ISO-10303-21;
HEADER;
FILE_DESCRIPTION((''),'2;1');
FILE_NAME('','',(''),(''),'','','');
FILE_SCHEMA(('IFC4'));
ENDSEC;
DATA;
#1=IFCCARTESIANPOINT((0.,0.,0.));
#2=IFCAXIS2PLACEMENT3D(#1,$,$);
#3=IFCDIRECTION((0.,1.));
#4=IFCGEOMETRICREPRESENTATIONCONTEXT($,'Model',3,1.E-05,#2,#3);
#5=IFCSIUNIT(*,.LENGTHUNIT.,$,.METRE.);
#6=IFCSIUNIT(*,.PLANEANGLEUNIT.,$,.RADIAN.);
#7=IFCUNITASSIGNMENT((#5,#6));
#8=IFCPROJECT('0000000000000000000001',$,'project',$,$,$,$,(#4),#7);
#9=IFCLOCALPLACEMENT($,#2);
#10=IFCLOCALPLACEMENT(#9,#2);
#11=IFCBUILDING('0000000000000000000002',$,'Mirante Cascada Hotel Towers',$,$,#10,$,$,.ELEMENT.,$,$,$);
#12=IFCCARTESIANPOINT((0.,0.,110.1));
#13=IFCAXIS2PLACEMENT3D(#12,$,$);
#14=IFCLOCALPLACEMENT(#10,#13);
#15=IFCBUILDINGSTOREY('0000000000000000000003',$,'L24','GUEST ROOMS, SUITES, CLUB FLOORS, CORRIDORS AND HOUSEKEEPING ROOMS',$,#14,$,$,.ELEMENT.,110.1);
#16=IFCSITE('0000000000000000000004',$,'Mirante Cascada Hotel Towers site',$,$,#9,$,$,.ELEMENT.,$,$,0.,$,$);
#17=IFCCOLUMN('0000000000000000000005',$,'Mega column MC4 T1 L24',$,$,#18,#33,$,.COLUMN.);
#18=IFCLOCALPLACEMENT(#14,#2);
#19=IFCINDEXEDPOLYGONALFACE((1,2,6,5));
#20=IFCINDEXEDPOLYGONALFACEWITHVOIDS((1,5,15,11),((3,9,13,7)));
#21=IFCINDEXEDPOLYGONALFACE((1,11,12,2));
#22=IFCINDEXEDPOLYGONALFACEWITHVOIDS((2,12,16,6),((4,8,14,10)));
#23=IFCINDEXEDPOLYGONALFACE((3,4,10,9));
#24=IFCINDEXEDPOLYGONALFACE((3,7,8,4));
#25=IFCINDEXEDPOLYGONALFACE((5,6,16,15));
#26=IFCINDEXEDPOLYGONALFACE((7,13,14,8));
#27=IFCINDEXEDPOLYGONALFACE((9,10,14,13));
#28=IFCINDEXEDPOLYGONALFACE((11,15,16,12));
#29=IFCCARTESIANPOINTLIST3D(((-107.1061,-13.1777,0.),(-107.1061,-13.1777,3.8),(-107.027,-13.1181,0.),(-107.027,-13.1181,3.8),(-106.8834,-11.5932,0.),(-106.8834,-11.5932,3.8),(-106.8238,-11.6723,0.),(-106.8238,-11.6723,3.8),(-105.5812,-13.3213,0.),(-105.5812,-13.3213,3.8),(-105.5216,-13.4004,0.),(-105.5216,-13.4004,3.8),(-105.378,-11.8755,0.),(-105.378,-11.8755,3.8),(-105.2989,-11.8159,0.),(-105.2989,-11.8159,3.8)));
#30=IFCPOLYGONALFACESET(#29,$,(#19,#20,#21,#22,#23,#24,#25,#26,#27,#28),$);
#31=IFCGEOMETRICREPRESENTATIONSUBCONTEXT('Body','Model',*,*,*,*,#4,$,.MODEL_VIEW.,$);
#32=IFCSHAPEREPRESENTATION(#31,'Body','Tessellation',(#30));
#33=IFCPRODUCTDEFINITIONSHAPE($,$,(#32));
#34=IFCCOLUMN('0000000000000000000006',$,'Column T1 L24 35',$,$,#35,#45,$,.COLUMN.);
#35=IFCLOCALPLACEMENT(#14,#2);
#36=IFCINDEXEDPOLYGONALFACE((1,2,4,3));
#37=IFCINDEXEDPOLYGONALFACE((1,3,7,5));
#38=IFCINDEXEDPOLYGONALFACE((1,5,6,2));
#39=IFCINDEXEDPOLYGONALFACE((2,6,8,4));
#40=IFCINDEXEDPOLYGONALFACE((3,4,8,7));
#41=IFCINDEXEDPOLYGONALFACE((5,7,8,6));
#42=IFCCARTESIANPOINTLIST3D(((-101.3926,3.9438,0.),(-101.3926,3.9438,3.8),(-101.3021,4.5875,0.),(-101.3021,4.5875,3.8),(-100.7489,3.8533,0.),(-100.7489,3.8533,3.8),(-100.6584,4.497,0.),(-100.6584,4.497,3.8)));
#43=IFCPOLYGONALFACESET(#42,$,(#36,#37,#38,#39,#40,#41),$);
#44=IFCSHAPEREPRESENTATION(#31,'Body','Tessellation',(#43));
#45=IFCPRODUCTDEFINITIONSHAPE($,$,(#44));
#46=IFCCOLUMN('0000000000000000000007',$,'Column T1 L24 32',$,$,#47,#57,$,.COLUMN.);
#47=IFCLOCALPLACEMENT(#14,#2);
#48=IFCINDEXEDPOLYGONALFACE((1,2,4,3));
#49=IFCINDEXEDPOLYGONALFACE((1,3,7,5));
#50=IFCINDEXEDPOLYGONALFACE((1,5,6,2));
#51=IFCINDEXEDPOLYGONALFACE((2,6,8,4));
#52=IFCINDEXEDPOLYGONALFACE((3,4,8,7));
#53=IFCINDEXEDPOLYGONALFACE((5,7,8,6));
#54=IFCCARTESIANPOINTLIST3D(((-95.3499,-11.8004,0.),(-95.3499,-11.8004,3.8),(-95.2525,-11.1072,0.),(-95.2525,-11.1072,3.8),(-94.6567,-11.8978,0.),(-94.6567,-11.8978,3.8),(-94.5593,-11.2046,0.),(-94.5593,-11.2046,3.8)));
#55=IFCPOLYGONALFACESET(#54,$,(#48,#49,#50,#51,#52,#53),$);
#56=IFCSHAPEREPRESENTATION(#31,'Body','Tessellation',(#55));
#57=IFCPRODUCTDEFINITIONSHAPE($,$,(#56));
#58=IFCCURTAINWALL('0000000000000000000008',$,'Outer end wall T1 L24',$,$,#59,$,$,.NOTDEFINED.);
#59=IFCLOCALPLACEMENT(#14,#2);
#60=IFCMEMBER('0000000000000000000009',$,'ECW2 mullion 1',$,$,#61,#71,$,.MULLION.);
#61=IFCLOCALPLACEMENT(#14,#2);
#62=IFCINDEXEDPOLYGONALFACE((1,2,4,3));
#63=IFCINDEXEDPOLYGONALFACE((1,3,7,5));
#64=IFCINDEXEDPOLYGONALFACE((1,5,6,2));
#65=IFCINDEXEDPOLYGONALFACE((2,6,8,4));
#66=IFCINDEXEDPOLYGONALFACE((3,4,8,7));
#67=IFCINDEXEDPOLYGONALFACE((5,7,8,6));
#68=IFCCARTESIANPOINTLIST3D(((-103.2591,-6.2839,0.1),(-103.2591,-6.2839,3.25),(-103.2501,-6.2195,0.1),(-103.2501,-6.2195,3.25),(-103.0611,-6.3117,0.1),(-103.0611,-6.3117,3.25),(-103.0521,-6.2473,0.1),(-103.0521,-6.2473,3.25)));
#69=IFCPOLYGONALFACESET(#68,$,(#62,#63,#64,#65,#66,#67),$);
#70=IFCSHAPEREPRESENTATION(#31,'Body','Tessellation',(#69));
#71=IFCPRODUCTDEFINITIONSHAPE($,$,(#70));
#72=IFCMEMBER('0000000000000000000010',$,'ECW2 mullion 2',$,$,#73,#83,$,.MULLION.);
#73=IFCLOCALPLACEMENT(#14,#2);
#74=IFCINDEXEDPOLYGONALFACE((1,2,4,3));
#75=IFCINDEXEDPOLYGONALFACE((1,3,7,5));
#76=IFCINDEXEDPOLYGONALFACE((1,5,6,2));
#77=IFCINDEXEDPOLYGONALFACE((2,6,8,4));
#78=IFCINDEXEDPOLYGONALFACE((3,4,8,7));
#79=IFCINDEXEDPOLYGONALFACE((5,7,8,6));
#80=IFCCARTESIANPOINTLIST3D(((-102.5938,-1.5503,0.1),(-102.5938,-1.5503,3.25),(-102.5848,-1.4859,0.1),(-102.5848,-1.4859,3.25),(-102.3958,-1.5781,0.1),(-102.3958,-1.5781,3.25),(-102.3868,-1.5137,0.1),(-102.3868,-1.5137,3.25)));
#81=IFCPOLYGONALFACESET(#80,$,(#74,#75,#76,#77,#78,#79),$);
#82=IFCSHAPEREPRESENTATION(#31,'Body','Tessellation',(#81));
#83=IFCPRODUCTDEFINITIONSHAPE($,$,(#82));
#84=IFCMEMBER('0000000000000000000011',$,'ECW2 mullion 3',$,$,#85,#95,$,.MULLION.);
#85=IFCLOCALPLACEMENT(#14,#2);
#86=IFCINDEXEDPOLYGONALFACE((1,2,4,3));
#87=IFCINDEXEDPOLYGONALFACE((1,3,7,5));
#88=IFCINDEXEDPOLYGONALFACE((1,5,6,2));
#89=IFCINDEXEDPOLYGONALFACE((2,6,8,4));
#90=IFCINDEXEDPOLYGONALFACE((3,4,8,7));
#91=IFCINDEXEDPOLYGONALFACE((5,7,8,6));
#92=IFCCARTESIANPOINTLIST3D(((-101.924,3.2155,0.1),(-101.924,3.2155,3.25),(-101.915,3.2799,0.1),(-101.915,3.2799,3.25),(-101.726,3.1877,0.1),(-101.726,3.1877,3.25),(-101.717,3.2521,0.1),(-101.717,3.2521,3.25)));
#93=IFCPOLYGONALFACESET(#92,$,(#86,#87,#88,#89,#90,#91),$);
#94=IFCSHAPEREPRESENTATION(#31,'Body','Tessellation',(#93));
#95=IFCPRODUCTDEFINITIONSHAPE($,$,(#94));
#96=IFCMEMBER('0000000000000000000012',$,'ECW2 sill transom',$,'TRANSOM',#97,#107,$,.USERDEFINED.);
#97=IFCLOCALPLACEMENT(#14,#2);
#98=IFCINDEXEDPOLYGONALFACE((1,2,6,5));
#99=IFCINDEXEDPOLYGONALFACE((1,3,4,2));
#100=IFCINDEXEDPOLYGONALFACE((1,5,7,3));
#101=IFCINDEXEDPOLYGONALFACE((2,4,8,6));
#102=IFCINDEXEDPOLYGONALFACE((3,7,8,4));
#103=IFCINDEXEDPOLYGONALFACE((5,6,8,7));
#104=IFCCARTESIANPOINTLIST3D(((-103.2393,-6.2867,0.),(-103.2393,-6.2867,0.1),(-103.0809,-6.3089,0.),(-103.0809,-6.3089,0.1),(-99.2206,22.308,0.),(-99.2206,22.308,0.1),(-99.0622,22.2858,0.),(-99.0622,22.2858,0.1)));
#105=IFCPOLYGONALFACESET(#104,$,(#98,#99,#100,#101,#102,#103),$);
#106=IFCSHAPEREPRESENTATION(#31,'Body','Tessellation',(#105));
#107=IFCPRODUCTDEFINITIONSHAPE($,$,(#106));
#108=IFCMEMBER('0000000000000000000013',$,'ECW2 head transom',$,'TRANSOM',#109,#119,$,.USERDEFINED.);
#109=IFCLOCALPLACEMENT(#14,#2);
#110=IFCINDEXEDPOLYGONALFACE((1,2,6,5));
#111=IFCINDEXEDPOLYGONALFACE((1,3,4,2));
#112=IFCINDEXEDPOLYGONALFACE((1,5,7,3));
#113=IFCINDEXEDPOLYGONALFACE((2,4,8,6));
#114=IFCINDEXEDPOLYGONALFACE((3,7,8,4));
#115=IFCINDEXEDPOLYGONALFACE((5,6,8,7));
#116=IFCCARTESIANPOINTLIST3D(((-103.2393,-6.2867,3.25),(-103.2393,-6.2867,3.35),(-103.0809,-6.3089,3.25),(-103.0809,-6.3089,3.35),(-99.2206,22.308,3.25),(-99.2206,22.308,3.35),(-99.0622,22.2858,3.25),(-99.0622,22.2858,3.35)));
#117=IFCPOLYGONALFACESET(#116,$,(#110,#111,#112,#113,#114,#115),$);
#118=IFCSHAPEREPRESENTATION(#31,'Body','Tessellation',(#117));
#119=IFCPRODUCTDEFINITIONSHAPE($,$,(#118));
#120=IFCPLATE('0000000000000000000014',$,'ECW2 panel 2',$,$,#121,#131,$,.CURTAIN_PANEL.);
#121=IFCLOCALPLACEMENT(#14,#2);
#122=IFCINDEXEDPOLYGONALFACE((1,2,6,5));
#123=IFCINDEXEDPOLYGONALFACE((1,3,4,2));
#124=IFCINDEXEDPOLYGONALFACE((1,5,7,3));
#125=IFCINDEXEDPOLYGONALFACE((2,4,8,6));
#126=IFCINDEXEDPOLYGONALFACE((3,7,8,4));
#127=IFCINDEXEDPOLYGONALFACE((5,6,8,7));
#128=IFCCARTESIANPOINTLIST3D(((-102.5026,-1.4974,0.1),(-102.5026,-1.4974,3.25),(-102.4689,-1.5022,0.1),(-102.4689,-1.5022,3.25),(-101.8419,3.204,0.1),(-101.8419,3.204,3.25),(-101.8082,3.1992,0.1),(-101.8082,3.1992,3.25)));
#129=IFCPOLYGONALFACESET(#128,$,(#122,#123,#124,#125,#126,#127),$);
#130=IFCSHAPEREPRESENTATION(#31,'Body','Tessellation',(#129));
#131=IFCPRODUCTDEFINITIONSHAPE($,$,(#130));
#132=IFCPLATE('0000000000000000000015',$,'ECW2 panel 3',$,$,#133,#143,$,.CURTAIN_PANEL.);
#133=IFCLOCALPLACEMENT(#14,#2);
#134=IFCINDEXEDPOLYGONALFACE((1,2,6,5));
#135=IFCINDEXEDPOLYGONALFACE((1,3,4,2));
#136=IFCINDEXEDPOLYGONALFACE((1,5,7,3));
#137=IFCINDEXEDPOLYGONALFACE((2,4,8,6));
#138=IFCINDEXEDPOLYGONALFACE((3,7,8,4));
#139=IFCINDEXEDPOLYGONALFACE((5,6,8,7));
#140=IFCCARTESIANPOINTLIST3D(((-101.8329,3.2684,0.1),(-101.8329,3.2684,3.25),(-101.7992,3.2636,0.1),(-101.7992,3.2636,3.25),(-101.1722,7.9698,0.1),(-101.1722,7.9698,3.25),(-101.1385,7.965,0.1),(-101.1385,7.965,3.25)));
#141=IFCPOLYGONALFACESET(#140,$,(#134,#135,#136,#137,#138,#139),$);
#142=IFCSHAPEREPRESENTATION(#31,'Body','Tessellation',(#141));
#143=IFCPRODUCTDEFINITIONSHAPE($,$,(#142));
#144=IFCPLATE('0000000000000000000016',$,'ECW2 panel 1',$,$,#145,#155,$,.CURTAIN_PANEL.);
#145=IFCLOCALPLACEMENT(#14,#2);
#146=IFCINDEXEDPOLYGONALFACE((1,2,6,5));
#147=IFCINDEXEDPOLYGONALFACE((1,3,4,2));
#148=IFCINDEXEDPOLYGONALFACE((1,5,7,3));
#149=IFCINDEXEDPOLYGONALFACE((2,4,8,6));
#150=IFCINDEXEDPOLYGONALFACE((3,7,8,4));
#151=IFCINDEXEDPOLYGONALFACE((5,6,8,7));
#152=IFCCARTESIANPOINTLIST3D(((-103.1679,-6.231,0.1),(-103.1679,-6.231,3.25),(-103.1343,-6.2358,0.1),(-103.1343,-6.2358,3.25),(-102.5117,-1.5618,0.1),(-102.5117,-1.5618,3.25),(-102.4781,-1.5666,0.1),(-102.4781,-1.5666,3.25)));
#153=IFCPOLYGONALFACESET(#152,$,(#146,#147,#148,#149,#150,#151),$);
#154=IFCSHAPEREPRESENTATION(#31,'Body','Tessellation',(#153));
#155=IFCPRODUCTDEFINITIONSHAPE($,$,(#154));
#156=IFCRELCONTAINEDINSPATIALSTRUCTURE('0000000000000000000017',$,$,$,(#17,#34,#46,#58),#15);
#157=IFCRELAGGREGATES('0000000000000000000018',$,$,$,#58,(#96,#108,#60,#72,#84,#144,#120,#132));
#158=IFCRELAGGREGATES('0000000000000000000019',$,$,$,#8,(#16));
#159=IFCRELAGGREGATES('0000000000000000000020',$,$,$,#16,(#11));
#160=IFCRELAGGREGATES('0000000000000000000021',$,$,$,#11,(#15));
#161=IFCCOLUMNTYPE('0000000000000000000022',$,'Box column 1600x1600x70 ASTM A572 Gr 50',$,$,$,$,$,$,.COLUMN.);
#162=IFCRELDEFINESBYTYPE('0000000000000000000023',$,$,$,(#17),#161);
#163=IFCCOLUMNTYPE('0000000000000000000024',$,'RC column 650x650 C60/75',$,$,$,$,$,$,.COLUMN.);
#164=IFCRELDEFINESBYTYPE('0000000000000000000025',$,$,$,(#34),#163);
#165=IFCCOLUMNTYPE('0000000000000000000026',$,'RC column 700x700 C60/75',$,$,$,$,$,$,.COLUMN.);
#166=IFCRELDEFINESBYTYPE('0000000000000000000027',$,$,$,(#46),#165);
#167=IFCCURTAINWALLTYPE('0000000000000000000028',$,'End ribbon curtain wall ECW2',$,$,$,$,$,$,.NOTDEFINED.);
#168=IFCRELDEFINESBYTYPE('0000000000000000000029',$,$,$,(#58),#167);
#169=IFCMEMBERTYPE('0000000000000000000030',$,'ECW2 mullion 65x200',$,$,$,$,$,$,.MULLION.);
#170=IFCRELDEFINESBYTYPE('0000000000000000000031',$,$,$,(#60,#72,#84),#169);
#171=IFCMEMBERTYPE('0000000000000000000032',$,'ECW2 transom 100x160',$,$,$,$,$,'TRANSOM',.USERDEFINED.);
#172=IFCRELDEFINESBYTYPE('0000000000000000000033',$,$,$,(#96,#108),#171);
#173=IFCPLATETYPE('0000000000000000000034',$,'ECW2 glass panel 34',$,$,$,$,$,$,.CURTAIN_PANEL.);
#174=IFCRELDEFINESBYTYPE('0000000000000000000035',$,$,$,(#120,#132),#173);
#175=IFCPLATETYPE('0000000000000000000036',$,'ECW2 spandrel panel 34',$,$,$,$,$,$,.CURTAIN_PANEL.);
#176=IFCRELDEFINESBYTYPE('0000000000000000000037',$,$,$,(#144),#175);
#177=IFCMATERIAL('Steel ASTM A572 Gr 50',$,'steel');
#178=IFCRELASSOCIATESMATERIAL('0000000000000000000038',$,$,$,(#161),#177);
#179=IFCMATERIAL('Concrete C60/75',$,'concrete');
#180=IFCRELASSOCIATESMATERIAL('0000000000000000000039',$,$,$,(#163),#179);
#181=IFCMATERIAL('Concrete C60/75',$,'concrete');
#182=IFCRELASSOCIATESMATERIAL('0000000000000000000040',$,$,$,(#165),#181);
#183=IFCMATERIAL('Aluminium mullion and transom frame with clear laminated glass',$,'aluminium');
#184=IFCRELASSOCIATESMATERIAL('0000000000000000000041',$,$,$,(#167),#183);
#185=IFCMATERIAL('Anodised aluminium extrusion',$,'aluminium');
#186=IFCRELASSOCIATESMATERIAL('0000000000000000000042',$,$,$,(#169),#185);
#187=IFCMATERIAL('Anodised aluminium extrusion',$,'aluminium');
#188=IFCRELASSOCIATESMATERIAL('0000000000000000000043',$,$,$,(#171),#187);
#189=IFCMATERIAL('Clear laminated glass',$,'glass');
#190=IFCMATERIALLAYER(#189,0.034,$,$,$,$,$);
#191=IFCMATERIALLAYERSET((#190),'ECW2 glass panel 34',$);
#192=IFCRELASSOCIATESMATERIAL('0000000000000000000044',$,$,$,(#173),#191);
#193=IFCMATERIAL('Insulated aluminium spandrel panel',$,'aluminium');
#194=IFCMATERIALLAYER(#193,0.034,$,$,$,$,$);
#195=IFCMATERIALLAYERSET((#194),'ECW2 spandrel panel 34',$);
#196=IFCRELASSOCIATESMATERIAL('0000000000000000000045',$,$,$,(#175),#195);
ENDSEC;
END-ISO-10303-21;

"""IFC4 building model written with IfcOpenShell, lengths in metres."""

from ifc_helpers import new_model, si_unit, direction, frame, origin, origin_2d, place, context, subcontext, project, spatial, rectangle, hollow_rectangle, extrude, material, layer, layer_set, material_profile, profile_set, type_object, element, aggregate, save


model = new_model("IFC4")

# Units and contexts
model_context = context("Model", 3, precision=1e-05, world=origin(), true_north=direction((0.0, 1.0)))
body_context = subcontext(model_context, "Body", "Model", "MODEL_VIEW")
ifc_project = project(units=[si_unit("LENGTHUNIT", "METRE"), si_unit("PLANEANGLEUNIT", "RADIAN")], contexts=[model_context])

# Site, building, storey
site_placement = place(None, origin())
site = spatial("IfcSite", under=ifc_project, at=site_placement, Name="Mirante Cascada Hotel Towers site", CompositionType="ELEMENT", RefElevation=0.0)
building_placement = place(site_placement, origin())
building = spatial("IfcBuilding", under=site, at=building_placement, Name="Mirante Cascada Hotel Towers", CompositionType="ELEMENT")
storey_placement = place(building_placement, frame((0.0, 0.0, 110.1)))
storey = spatial("IfcBuildingStorey", under=building, at=storey_placement, Name="L24", Description="GUEST ROOMS, SUITES, CLUB FLOORS, CORRIDORS AND HOUSEKEEPING ROOMS", CompositionType="ELEMENT", Elevation=110.1)

# Columns
ifc_material_1 = material(Name="Steel ASTM A572 Gr 50", Category="steel")
ifc_material_profile_1 = material_profile(ifc_material_1, hollow_rectangle(XDim=1.6, YDim=1.6, WallThickness=0.07, at=origin_2d()), Name="Box column 1600x1600x70 ASTM A572 Gr 50")
ifc_profile_set_1 = profile_set([ifc_material_profile_1], Name="Steel ASTM A572 Gr 50")
column_type_1 = type_object("IfcColumnType", Name="Box column 1600x1600x70 ASTM A572 Gr 50", PredefinedType="COLUMN", material=ifc_profile_set_1)
column_1_placement = place(storey_placement, frame((-106.2025, -12.4968, 0.0), z_axis=(0.0, 0.0, 1.0), x_axis=(-0.990268, 0.139173, 0.0)))
element("IfcColumn", 1, at=column_1_placement, inside=storey, type_object=column_type_1, Name="Mega column MC4 T1 L24", PredefinedType="COLUMN", context=body_context, shape_type="SweptSolid", body=[
    extrude(hollow_rectangle(XDim=1.6, YDim=1.6, WallThickness=0.07, at=origin_2d()), origin(), (0.0, 0.0, 1.0), 3.8),
])
ifc_material_2 = material(Name="Concrete C60/75", Category="concrete")
ifc_material_profile_2 = material_profile(ifc_material_2, rectangle(XDim=0.65, YDim=0.65, at=origin_2d()), Name="RC column 650x650 C60/75")
ifc_profile_set_2 = profile_set([ifc_material_profile_2], Name="Concrete C60/75")
column_type_2 = type_object("IfcColumnType", Name="RC column 650x650 C60/75", PredefinedType="COLUMN", material=ifc_profile_set_2)
column_2_placement = place(storey_placement, frame((-101.0255, 4.2204, 0.0), z_axis=(0.0, 0.0, 1.0), x_axis=(-0.990268, 0.139173, 0.0)))
element("IfcColumn", 2, at=column_2_placement, inside=storey, type_object=column_type_2, Name="Column T1 L24 35", PredefinedType="COLUMN", context=body_context, shape_type="SweptSolid", body=[
    extrude(rectangle(XDim=0.65, YDim=0.65, at=origin_2d()), origin(), (0.0, 0.0, 1.0), 3.8),
])
ifc_material_3 = material(Name="Concrete C60/75", Category="concrete")
ifc_material_profile_3 = material_profile(ifc_material_3, rectangle(XDim=0.7, YDim=0.7, at=origin_2d()), Name="RC column 700x700 C60/75")
ifc_profile_set_3 = profile_set([ifc_material_profile_3], Name="Concrete C60/75")
column_type_3 = type_object("IfcColumnType", Name="RC column 700x700 C60/75", PredefinedType="COLUMN", material=ifc_profile_set_3)
column_3_placement = place(storey_placement, frame((-94.9546, -11.5025, 0.0), z_axis=(0.0, 0.0, 1.0), x_axis=(-0.990268, 0.139173, 0.0)))
element("IfcColumn", 3, at=column_3_placement, inside=storey, type_object=column_type_3, Name="Column T1 L24 32", PredefinedType="COLUMN", context=body_context, shape_type="SweptSolid", body=[
    extrude(rectangle(XDim=0.7, YDim=0.7, at=origin_2d()), origin(), (0.0, 0.0, 1.0), 3.8),
])

# Curtain wall, members, plates
ifc_material_4 = material(Name="Aluminium mullion and transom frame with clear laminated glass", Category="aluminium")
curtain_wall_type = type_object("IfcCurtainWallType", Name="End ribbon curtain wall ECW2", PredefinedType="NOTDEFINED", material=ifc_material_4)
curtain_wall_placement = place(storey_placement, origin())
curtain_wall = element("IfcCurtainWall", 4, at=curtain_wall_placement, inside=storey, type_object=curtain_wall_type, Name="Outer end wall T1 L24", PredefinedType="NOTDEFINED")
ifc_material_5 = material(Name="Anodised aluminium extrusion", Category="aluminium")
ifc_material_profile_4 = material_profile(ifc_material_5, rectangle(XDim=0.2, YDim=0.065, at=origin_2d()), Name="ECW2 MULLION 65x200")
ifc_profile_set_4 = profile_set([ifc_material_profile_4], Name="Anodised aluminium extrusion")
member_type_1 = type_object("IfcMemberType", Name="ECW2 mullion 65x200", PredefinedType="MULLION", material=ifc_profile_set_4)
member_1_placement = place(storey_placement, frame((-103.1556, -6.2656, 0.1), z_axis=(0.0, 0.0, 1.0), x_axis=(-0.990268, 0.139173, 0.0)))
member_1 = element("IfcMember", 5, at=member_1_placement, type_object=member_type_1, Name="ECW2 mullion 1", PredefinedType="MULLION", context=body_context, shape_type="SweptSolid", body=[
    extrude(rectangle(XDim=0.2, YDim=0.065, at=origin_2d()), origin(), (0.0, 0.0, 1.0), 3.15),
])
member_2_placement = place(storey_placement, frame((-102.4903, -1.532, 0.1), z_axis=(0.0, 0.0, 1.0), x_axis=(-0.990268, 0.139173, 0.0)))
member_2 = element("IfcMember", 6, at=member_2_placement, type_object=member_type_1, Name="ECW2 mullion 2", PredefinedType="MULLION", context=body_context, shape_type="SweptSolid", body=[
    extrude(rectangle(XDim=0.2, YDim=0.065, at=origin_2d()), origin(), (0.0, 0.0, 1.0), 3.15),
])
member_3_placement = place(storey_placement, frame((-101.8205, 3.2338, 0.1), z_axis=(0.0, 0.0, 1.0), x_axis=(-0.990268, 0.139173, 0.0)))
member_3 = element("IfcMember", 7, at=member_3_placement, type_object=member_type_1, Name="ECW2 mullion 3", PredefinedType="MULLION", context=body_context, shape_type="SweptSolid", body=[
    extrude(rectangle(XDim=0.2, YDim=0.065, at=origin_2d()), origin(), (0.0, 0.0, 1.0), 3.15),
])
ifc_material_6 = material(Name="Anodised aluminium extrusion", Category="aluminium")
ifc_material_profile_5 = material_profile(ifc_material_6, rectangle(XDim=0.16, YDim=0.1, at=origin_2d()), Name="ECW2 TRANSOM 100x160")
ifc_profile_set_5 = profile_set([ifc_material_profile_5], Name="Anodised aluminium extrusion")
member_type_2 = type_object("IfcMemberType", Name="ECW2 transom 100x160", ElementType="TRANSOM", PredefinedType="USERDEFINED", material=ifc_profile_set_5)
member_4_placement = place(storey_placement, frame((-103.1601, -6.2978, 0.05), z_axis=(0.139172, 0.990268, 0.0), x_axis=(-0.990268, 0.139172, 0.0)))
member_4 = element("IfcMember", 8, at=member_4_placement, type_object=member_type_2, Name="ECW2 sill transom", ObjectType="TRANSOM", PredefinedType="USERDEFINED", context=body_context, shape_type="SweptSolid", body=[
    extrude(rectangle(XDim=0.16, YDim=0.1, at=origin_2d()), origin(), (0.0, 0.0, 1.0), 28.8757),
])
member_5_placement = place(storey_placement, frame((-103.1601, -6.2978, 3.3), z_axis=(0.139172, 0.990268, 0.0), x_axis=(-0.990268, 0.139172, 0.0)))
member_5 = element("IfcMember", 9, at=member_5_placement, type_object=member_type_2, Name="ECW2 head transom", ObjectType="TRANSOM", PredefinedType="USERDEFINED", context=body_context, shape_type="SweptSolid", body=[
    extrude(rectangle(XDim=0.16, YDim=0.1, at=origin_2d()), origin(), (0.0, 0.0, 1.0), 28.8757),
])
ifc_material_7 = material(Name="Clear laminated glass", Category="glass")
ifc_layer_1 = layer(ifc_material_7, 0.034)
ifc_layer_set_1 = layer_set([ifc_layer_1], Name="ECW2 glass panel 34")
plate_type_1 = type_object("IfcPlateType", Name="ECW2 glass panel 34", PredefinedType="CURTAIN_PANEL", material=ifc_layer_set_1)
plate_1_placement = place(storey_placement, frame((-102.1554, 0.8509, 0.1), z_axis=(0.0, 0.0, 1.0), x_axis=(0.139173, 0.990268, 0.0)))
plate_1 = element("IfcPlate", 10, at=plate_1_placement, type_object=plate_type_1, Name="ECW2 panel 2", PredefinedType="CURTAIN_PANEL", context=body_context, shape_type="SweptSolid", body=[
    extrude(rectangle(XDim=4.7476, YDim=0.034, at=origin_2d()), origin(), (0.0, 0.0, 1.0), 3.15),
])
plate_2_placement = place(storey_placement, frame((-101.4857, 5.6167, 0.1), z_axis=(0.0, 0.0, 1.0), x_axis=(0.139173, 0.990268, 0.0)))
plate_2 = element("IfcPlate", 11, at=plate_2_placement, type_object=plate_type_1, Name="ECW2 panel 3", PredefinedType="CURTAIN_PANEL", context=body_context, shape_type="SweptSolid", body=[
    extrude(rectangle(XDim=4.7476, YDim=0.034, at=origin_2d()), origin(), (0.0, 0.0, 1.0), 3.15),
])
ifc_material_8 = material(Name="Insulated aluminium spandrel panel", Category="aluminium")
ifc_layer_2 = layer(ifc_material_8, 0.034)
ifc_layer_set_2 = layer_set([ifc_layer_2], Name="ECW2 spandrel panel 34")
plate_type_2 = type_object("IfcPlateType", Name="ECW2 spandrel panel 34", PredefinedType="CURTAIN_PANEL", material=ifc_layer_set_2)
plate_3_placement = place(storey_placement, frame((-102.823, -3.8988, 0.1), z_axis=(0.0, 0.0, 1.0), x_axis=(0.139173, 0.990268, 0.0)))
plate_3 = element("IfcPlate", 12, at=plate_3_placement, type_object=plate_type_2, Name="ECW2 panel 1", PredefinedType="CURTAIN_PANEL", context=body_context, shape_type="SweptSolid", body=[
    extrude(rectangle(XDim=4.7151, YDim=0.034, at=origin_2d()), origin(), (0.0, 0.0, 1.0), 3.15),
])
aggregate(curtain_wall, [member_4, member_5, member_1, member_2, member_3, plate_3, plate_1, plate_2])

save(model, "model.ifc")
